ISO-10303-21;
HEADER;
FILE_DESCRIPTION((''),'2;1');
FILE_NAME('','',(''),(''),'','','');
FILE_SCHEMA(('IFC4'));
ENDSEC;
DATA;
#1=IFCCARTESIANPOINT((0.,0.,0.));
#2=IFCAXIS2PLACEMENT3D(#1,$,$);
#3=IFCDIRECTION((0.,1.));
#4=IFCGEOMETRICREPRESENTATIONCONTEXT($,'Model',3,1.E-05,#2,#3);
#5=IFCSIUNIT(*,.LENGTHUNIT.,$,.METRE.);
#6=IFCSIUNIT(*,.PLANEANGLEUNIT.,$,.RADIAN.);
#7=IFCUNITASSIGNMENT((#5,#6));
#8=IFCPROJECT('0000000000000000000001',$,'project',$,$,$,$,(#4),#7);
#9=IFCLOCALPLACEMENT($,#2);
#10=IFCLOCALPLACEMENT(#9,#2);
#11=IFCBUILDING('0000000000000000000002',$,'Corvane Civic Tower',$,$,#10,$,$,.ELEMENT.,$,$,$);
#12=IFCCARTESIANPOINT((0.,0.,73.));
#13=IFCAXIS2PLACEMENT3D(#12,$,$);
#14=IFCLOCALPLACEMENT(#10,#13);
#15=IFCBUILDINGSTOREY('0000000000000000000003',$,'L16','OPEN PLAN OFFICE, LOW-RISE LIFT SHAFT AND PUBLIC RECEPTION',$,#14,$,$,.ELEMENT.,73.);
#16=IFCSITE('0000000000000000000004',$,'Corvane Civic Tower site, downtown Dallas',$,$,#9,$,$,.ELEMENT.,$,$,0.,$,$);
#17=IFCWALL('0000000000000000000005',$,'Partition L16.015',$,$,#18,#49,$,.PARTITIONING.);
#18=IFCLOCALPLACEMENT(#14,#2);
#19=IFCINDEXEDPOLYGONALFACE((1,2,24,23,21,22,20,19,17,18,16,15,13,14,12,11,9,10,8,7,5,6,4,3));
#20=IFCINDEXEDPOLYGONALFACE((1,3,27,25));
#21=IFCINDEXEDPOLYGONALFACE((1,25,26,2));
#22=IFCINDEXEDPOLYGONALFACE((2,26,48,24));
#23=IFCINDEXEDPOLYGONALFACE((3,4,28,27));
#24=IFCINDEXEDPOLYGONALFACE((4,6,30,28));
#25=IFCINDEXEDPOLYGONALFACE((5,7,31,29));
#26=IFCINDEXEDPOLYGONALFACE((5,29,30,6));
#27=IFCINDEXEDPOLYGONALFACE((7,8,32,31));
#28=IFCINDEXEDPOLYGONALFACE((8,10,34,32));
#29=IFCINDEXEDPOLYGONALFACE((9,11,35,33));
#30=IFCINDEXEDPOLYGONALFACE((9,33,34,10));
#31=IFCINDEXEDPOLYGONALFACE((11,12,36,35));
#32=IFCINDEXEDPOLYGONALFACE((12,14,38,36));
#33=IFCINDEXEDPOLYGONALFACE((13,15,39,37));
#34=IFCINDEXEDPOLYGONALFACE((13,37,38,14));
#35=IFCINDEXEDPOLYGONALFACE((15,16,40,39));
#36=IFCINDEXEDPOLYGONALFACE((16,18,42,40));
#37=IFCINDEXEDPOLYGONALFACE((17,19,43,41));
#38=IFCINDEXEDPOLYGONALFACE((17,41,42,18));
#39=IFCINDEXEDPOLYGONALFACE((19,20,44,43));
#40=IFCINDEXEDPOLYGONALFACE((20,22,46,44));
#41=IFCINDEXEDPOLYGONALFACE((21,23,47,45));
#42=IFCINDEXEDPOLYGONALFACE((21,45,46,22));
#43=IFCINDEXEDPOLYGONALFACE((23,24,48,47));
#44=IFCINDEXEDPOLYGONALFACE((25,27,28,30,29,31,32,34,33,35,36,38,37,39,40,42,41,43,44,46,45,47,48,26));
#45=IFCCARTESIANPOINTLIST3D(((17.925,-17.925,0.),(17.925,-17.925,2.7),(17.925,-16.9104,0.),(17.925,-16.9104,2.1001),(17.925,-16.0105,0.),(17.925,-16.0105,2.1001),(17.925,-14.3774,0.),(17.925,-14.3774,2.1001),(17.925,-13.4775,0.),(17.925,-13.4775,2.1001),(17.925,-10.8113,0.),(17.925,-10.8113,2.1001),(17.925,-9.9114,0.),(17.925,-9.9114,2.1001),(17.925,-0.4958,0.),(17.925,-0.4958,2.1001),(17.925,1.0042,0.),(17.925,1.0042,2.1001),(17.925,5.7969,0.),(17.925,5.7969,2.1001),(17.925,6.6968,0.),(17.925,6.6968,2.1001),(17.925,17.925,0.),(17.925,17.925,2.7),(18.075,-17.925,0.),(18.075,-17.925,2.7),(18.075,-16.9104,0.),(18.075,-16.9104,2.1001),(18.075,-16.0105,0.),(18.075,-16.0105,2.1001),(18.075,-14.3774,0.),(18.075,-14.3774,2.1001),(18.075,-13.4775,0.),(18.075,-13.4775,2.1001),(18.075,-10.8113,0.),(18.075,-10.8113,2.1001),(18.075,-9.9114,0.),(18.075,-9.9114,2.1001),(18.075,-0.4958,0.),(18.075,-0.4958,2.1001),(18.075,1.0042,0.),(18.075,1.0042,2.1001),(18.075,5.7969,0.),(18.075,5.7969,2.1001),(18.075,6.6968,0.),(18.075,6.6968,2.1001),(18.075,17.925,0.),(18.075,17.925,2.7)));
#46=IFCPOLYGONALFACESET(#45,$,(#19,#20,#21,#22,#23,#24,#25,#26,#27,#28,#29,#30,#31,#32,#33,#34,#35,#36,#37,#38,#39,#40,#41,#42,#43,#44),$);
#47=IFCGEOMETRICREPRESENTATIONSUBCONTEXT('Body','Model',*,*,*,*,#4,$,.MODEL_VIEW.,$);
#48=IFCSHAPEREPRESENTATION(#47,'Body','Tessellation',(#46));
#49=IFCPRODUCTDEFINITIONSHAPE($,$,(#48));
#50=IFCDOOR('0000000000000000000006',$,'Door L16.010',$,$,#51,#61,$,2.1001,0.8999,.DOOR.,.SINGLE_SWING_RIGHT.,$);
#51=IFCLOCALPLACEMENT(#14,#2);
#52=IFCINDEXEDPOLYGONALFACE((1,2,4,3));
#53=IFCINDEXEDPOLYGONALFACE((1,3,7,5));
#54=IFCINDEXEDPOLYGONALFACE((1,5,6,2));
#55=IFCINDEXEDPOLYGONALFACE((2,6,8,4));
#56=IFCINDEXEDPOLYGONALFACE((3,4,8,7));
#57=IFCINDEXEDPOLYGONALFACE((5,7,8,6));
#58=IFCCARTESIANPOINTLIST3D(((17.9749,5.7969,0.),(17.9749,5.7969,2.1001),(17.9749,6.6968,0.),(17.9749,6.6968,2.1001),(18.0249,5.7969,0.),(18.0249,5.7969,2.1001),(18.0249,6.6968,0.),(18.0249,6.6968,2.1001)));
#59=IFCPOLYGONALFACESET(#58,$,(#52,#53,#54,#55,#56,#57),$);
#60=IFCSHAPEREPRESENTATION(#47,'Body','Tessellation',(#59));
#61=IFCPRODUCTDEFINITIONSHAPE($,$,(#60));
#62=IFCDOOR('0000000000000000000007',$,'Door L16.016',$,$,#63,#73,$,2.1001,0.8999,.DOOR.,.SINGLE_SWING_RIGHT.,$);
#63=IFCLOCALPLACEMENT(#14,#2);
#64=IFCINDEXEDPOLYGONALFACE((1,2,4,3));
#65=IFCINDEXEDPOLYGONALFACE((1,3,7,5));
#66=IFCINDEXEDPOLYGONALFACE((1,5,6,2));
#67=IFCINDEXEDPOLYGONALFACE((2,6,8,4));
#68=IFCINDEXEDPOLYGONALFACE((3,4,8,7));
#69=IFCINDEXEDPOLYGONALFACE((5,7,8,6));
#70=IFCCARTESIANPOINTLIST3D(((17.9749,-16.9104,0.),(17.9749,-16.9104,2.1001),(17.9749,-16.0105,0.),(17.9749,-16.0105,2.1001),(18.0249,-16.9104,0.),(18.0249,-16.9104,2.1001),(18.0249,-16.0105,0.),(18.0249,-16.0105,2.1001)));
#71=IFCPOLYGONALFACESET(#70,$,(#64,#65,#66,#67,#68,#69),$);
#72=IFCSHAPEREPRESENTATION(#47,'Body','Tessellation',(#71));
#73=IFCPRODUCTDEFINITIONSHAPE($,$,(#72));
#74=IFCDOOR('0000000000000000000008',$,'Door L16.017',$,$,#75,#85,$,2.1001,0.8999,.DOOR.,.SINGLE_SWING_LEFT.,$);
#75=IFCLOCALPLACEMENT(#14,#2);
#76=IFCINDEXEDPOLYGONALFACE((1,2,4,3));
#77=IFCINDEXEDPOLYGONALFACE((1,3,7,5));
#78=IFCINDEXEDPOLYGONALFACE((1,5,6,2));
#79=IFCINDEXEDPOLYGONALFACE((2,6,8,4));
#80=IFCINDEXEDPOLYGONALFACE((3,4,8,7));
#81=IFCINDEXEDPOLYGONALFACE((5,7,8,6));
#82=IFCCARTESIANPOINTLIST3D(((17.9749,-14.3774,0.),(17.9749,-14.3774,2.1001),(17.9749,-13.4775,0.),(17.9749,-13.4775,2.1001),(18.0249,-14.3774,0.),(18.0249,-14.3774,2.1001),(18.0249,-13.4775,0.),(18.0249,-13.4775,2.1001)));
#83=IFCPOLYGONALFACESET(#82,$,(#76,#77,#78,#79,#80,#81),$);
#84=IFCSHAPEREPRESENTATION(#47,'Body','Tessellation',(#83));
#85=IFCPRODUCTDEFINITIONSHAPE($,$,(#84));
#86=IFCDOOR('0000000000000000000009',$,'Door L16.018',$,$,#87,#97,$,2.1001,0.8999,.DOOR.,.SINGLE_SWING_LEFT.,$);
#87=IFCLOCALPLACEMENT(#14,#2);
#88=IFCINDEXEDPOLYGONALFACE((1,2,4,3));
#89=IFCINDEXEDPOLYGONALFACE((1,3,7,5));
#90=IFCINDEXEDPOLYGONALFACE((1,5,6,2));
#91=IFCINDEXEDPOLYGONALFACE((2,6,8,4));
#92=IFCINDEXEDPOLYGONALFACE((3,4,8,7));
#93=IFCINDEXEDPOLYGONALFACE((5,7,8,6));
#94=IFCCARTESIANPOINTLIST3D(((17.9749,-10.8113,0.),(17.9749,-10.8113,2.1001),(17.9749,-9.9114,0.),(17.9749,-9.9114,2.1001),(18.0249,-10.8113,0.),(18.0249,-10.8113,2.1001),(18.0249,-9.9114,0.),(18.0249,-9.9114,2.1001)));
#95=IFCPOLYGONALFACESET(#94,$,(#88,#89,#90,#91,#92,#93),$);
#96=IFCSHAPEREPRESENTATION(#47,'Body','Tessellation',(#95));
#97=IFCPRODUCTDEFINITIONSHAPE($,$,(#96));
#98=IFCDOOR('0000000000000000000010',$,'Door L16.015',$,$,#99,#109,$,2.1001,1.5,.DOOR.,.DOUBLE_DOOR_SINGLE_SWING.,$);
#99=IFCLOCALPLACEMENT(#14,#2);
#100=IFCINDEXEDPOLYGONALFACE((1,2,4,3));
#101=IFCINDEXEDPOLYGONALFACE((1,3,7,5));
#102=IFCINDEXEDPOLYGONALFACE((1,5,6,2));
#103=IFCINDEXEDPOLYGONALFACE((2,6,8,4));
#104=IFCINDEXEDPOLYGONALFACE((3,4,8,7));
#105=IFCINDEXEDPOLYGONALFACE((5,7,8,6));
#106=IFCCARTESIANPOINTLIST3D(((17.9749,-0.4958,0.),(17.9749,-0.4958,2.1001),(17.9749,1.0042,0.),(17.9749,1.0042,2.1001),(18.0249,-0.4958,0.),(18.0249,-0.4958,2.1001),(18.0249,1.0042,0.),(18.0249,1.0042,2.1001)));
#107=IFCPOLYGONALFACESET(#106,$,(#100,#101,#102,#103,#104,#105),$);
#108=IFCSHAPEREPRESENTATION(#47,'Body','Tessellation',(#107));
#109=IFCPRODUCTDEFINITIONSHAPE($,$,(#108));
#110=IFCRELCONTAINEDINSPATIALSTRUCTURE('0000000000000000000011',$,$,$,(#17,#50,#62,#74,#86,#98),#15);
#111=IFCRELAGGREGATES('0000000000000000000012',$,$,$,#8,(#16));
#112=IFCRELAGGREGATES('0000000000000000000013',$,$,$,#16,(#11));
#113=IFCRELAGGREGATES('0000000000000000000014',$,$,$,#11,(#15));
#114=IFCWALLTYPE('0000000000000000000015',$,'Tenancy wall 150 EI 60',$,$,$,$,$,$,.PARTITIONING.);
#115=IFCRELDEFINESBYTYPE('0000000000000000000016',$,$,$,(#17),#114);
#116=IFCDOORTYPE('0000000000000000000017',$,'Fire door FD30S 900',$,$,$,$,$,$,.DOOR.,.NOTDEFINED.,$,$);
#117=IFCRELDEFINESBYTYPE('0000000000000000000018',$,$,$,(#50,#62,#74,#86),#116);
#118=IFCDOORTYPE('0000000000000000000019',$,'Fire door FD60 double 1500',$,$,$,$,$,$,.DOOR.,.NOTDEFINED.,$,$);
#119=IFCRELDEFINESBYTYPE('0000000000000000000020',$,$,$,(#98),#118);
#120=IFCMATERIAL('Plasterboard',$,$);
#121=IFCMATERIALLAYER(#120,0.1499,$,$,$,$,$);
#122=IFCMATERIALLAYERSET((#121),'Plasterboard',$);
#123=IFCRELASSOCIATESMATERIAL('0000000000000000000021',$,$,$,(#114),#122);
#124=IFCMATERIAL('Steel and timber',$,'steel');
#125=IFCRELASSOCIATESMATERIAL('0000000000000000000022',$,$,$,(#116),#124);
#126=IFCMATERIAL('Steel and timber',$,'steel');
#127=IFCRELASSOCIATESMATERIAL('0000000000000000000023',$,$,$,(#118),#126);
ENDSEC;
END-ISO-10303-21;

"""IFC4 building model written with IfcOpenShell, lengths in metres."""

from ifc_helpers import new_model, si_unit, direction, frame, frame_2d, origin, place, context, subcontext, project, spatial, rectangle, extrude, material, layer, layer_set, type_object, element, fill, save


model = new_model("IFC4")

# Units and contexts
model_context = context("Model", 3, precision=1e-05, world=origin(), true_north=direction((0.0, 1.0)))
body_context = subcontext(model_context, "Body", "Model", "MODEL_VIEW")
ifc_project = project(units=[si_unit("LENGTHUNIT", "METRE"), si_unit("PLANEANGLEUNIT", "RADIAN")], contexts=[model_context])

# Site, building, storey
site_placement = place(None, origin())
site = spatial("IfcSite", under=ifc_project, at=site_placement, Name="Corvane Civic Tower site, downtown Dallas", CompositionType="ELEMENT", RefElevation=0.0)
building_placement = place(site_placement, origin())
building = spatial("IfcBuilding", under=site, at=building_placement, Name="Corvane Civic Tower", CompositionType="ELEMENT")
storey_placement = place(building_placement, frame((0.0, 0.0, 73.0)))
storey = spatial("IfcBuildingStorey", under=building, at=storey_placement, Name="L16", Description="OPEN PLAN OFFICE, LOW-RISE LIFT SHAFT AND PUBLIC RECEPTION", CompositionType="ELEMENT", Elevation=73.0)

# Wall, openings, doors
ifc_material_1 = material(Name="Plasterboard")
ifc_layer_1 = layer(ifc_material_1, 0.1499)
ifc_layer_set_1 = layer_set([ifc_layer_1], Name="Plasterboard")
wall_type_1 = type_object("IfcWallType", Name="Tenancy wall 150 EI 60", PredefinedType="PARTITIONING", material=ifc_layer_set_1)
wall_1_placement = place(storey_placement, frame((18.0, -17.925, 0.0), z_axis=(0.0, 0.0, 1.0), x_axis=(0.0, 1.0, 0.0)))
wall_1 = element("IfcWall", 1, at=wall_1_placement, inside=storey, type_object=wall_type_1, Name="Partition L16.015", PredefinedType="PARTITIONING", context=body_context, shape_type="SweptSolid", body=[
    extrude(rectangle(XDim=35.8501, YDim=0.1499, at=frame_2d((17.925, 0.0))), origin(), (0.0, 0.0, 1.0), 2.7),
])
opening_1_placement = place(wall_1_placement, frame((23.7219, 0.0, 0.0)))
opening_1 = element("IfcOpeningElement", 2, at=opening_1_placement, cuts=wall_1, PredefinedType="OPENING", context=body_context, shape_type="SweptSolid", body=[
    extrude(rectangle(XDim=0.8999, YDim=2.1001, at=frame_2d((0.45, 1.05))), frame((0.0, 0.085, 0.0), z_axis=(0.0, -1.0, 0.0), x_axis=(1.0, 0.0, 0.0)), (0.0, 0.0, 1.0), 0.1699),
])
opening_2_placement = place(wall_1_placement, frame((17.4292, 0.0, 0.0)))
opening_2 = element("IfcOpeningElement", 3, at=opening_2_placement, cuts=wall_1, PredefinedType="OPENING", context=body_context, shape_type="SweptSolid", body=[
    extrude(rectangle(XDim=1.5, YDim=2.1001, at=frame_2d((0.75, 1.05))), frame((0.0, 0.085, 0.0), z_axis=(0.0, -1.0, 0.0), x_axis=(1.0, 0.0, 0.0)), (0.0, 0.0, 1.0), 0.1699),
])
opening_3_placement = place(wall_1_placement, frame((1.0146, 0.0, 0.0)))
opening_3 = element("IfcOpeningElement", 4, at=opening_3_placement, cuts=wall_1, PredefinedType="OPENING", context=body_context, shape_type="SweptSolid", body=[
    extrude(rectangle(XDim=0.8999, YDim=2.1001, at=frame_2d((0.45, 1.05))), frame((0.0, 0.085, 0.0), z_axis=(0.0, -1.0, 0.0), x_axis=(1.0, 0.0, 0.0)), (0.0, 0.0, 1.0), 0.1699),
])
opening_4_placement = place(wall_1_placement, frame((3.5476, 0.0, 0.0)))
opening_4 = element("IfcOpeningElement", 5, at=opening_4_placement, cuts=wall_1, PredefinedType="OPENING", context=body_context, shape_type="SweptSolid", body=[
    extrude(rectangle(XDim=0.8999, YDim=2.1001, at=frame_2d((0.45, 1.05))), frame((0.0, 0.085, 0.0), z_axis=(0.0, -1.0, 0.0), x_axis=(1.0, 0.0, 0.0)), (0.0, 0.0, 1.0), 0.1699),
])
opening_5_placement = place(wall_1_placement, frame((7.1138, 0.0, 0.0)))
opening_5 = element("IfcOpeningElement", 6, at=opening_5_placement, cuts=wall_1, PredefinedType="OPENING", context=body_context, shape_type="SweptSolid", body=[
    extrude(rectangle(XDim=0.8999, YDim=2.1001, at=frame_2d((0.45, 1.05))), frame((0.0, 0.085, 0.0), z_axis=(0.0, -1.0, 0.0), x_axis=(1.0, 0.0, 0.0)), (0.0, 0.0, 1.0), 0.1699),
])
ifc_material_2 = material(Name="Steel and timber", Category="steel")
door_type_1 = type_object("IfcDoorType", Name="Fire door FD30S 900", OperationType="NOTDEFINED", PredefinedType="DOOR", material=ifc_material_2)
door_1_placement = place(opening_1_placement, frame((0.8999, 0.0, 0.0), z_axis=(0.0, 0.0, 1.0), x_axis=(-1.0, 0.0, 0.0)))
door_1 = element("IfcDoor", 7, at=door_1_placement, inside=storey, type_object=door_type_1, Name="Door L16.010", OperationType="SINGLE_SWING_RIGHT", OverallHeight=2.1001, OverallWidth=0.8999, PredefinedType="DOOR", context=body_context, shape_type="SweptSolid", body=[
    extrude(rectangle(XDim=0.8999, YDim=2.1001, at=frame_2d((0.45, 1.05))), frame((0.0, 0.0249, 0.0), z_axis=(0.0, -1.0, 0.0), x_axis=(1.0, 0.0, 0.0)), (0.0, 0.0, 1.0), 0.05),
])
fill(opening_1, door_1)
door_2_placement = place(opening_3_placement, frame((0.8999, 0.0, 0.0), z_axis=(0.0, 0.0, 1.0), x_axis=(-1.0, 0.0, 0.0)))
door_2 = element("IfcDoor", 8, at=door_2_placement, inside=storey, type_object=door_type_1, Name="Door L16.016", OperationType="SINGLE_SWING_RIGHT", OverallHeight=2.1001, OverallWidth=0.8999, PredefinedType="DOOR", context=body_context, shape_type="SweptSolid", body=[
    extrude(rectangle(XDim=0.8999, YDim=2.1001, at=frame_2d((0.45, 1.05))), frame((0.0, 0.0249, 0.0), z_axis=(0.0, -1.0, 0.0), x_axis=(1.0, 0.0, 0.0)), (0.0, 0.0, 1.0), 0.05),
])
fill(opening_3, door_2)
door_3_placement = place(opening_4_placement, frame((0.8999, 0.0, 0.0), z_axis=(0.0, 0.0, 1.0), x_axis=(-1.0, 0.0, 0.0)))
door_3 = element("IfcDoor", 9, at=door_3_placement, inside=storey, type_object=door_type_1, Name="Door L16.017", OperationType="SINGLE_SWING_LEFT", OverallHeight=2.1001, OverallWidth=0.8999, PredefinedType="DOOR", context=body_context, shape_type="SweptSolid", body=[
    extrude(rectangle(XDim=0.8999, YDim=2.1001, at=frame_2d((0.45, 1.05))), frame((0.0, 0.0249, 0.0), z_axis=(0.0, -1.0, 0.0), x_axis=(1.0, 0.0, 0.0)), (0.0, 0.0, 1.0), 0.05),
])
fill(opening_4, door_3)
door_4_placement = place(opening_5_placement, frame((0.8999, 0.0, 0.0), z_axis=(0.0, 0.0, 1.0), x_axis=(-1.0, 0.0, 0.0)))
door_4 = element("IfcDoor", 10, at=door_4_placement, inside=storey, type_object=door_type_1, Name="Door L16.018", OperationType="SINGLE_SWING_LEFT", OverallHeight=2.1001, OverallWidth=0.8999, PredefinedType="DOOR", context=body_context, shape_type="SweptSolid", body=[
    extrude(rectangle(XDim=0.8999, YDim=2.1001, at=frame_2d((0.45, 1.05))), frame((0.0, 0.0249, 0.0), z_axis=(0.0, -1.0, 0.0), x_axis=(1.0, 0.0, 0.0)), (0.0, 0.0, 1.0), 0.05),
])
fill(opening_5, door_4)
ifc_material_3 = material(Name="Steel and timber", Category="steel")
door_type_2 = type_object("IfcDoorType", Name="Fire door FD60 double 1500", OperationType="NOTDEFINED", PredefinedType="DOOR", material=ifc_material_3)
door_5_placement = place(opening_2_placement, frame((1.5, 0.0, 0.0), z_axis=(0.0, 0.0, 1.0), x_axis=(-1.0, 0.0, 0.0)))
door_5 = element("IfcDoor", 11, at=door_5_placement, inside=storey, type_object=door_type_2, Name="Door L16.015", OperationType="DOUBLE_DOOR_SINGLE_SWING", OverallHeight=2.1001, OverallWidth=1.5, PredefinedType="DOOR", context=body_context, shape_type="SweptSolid", body=[
    extrude(rectangle(XDim=1.5, YDim=2.1001, at=frame_2d((0.75, 1.05))), frame((0.0, 0.0249, 0.0), z_axis=(0.0, -1.0, 0.0), x_axis=(1.0, 0.0, 0.0)), (0.0, 0.0, 1.0), 0.05),
])
fill(opening_2, door_5)

save(model, "model.ifc")
